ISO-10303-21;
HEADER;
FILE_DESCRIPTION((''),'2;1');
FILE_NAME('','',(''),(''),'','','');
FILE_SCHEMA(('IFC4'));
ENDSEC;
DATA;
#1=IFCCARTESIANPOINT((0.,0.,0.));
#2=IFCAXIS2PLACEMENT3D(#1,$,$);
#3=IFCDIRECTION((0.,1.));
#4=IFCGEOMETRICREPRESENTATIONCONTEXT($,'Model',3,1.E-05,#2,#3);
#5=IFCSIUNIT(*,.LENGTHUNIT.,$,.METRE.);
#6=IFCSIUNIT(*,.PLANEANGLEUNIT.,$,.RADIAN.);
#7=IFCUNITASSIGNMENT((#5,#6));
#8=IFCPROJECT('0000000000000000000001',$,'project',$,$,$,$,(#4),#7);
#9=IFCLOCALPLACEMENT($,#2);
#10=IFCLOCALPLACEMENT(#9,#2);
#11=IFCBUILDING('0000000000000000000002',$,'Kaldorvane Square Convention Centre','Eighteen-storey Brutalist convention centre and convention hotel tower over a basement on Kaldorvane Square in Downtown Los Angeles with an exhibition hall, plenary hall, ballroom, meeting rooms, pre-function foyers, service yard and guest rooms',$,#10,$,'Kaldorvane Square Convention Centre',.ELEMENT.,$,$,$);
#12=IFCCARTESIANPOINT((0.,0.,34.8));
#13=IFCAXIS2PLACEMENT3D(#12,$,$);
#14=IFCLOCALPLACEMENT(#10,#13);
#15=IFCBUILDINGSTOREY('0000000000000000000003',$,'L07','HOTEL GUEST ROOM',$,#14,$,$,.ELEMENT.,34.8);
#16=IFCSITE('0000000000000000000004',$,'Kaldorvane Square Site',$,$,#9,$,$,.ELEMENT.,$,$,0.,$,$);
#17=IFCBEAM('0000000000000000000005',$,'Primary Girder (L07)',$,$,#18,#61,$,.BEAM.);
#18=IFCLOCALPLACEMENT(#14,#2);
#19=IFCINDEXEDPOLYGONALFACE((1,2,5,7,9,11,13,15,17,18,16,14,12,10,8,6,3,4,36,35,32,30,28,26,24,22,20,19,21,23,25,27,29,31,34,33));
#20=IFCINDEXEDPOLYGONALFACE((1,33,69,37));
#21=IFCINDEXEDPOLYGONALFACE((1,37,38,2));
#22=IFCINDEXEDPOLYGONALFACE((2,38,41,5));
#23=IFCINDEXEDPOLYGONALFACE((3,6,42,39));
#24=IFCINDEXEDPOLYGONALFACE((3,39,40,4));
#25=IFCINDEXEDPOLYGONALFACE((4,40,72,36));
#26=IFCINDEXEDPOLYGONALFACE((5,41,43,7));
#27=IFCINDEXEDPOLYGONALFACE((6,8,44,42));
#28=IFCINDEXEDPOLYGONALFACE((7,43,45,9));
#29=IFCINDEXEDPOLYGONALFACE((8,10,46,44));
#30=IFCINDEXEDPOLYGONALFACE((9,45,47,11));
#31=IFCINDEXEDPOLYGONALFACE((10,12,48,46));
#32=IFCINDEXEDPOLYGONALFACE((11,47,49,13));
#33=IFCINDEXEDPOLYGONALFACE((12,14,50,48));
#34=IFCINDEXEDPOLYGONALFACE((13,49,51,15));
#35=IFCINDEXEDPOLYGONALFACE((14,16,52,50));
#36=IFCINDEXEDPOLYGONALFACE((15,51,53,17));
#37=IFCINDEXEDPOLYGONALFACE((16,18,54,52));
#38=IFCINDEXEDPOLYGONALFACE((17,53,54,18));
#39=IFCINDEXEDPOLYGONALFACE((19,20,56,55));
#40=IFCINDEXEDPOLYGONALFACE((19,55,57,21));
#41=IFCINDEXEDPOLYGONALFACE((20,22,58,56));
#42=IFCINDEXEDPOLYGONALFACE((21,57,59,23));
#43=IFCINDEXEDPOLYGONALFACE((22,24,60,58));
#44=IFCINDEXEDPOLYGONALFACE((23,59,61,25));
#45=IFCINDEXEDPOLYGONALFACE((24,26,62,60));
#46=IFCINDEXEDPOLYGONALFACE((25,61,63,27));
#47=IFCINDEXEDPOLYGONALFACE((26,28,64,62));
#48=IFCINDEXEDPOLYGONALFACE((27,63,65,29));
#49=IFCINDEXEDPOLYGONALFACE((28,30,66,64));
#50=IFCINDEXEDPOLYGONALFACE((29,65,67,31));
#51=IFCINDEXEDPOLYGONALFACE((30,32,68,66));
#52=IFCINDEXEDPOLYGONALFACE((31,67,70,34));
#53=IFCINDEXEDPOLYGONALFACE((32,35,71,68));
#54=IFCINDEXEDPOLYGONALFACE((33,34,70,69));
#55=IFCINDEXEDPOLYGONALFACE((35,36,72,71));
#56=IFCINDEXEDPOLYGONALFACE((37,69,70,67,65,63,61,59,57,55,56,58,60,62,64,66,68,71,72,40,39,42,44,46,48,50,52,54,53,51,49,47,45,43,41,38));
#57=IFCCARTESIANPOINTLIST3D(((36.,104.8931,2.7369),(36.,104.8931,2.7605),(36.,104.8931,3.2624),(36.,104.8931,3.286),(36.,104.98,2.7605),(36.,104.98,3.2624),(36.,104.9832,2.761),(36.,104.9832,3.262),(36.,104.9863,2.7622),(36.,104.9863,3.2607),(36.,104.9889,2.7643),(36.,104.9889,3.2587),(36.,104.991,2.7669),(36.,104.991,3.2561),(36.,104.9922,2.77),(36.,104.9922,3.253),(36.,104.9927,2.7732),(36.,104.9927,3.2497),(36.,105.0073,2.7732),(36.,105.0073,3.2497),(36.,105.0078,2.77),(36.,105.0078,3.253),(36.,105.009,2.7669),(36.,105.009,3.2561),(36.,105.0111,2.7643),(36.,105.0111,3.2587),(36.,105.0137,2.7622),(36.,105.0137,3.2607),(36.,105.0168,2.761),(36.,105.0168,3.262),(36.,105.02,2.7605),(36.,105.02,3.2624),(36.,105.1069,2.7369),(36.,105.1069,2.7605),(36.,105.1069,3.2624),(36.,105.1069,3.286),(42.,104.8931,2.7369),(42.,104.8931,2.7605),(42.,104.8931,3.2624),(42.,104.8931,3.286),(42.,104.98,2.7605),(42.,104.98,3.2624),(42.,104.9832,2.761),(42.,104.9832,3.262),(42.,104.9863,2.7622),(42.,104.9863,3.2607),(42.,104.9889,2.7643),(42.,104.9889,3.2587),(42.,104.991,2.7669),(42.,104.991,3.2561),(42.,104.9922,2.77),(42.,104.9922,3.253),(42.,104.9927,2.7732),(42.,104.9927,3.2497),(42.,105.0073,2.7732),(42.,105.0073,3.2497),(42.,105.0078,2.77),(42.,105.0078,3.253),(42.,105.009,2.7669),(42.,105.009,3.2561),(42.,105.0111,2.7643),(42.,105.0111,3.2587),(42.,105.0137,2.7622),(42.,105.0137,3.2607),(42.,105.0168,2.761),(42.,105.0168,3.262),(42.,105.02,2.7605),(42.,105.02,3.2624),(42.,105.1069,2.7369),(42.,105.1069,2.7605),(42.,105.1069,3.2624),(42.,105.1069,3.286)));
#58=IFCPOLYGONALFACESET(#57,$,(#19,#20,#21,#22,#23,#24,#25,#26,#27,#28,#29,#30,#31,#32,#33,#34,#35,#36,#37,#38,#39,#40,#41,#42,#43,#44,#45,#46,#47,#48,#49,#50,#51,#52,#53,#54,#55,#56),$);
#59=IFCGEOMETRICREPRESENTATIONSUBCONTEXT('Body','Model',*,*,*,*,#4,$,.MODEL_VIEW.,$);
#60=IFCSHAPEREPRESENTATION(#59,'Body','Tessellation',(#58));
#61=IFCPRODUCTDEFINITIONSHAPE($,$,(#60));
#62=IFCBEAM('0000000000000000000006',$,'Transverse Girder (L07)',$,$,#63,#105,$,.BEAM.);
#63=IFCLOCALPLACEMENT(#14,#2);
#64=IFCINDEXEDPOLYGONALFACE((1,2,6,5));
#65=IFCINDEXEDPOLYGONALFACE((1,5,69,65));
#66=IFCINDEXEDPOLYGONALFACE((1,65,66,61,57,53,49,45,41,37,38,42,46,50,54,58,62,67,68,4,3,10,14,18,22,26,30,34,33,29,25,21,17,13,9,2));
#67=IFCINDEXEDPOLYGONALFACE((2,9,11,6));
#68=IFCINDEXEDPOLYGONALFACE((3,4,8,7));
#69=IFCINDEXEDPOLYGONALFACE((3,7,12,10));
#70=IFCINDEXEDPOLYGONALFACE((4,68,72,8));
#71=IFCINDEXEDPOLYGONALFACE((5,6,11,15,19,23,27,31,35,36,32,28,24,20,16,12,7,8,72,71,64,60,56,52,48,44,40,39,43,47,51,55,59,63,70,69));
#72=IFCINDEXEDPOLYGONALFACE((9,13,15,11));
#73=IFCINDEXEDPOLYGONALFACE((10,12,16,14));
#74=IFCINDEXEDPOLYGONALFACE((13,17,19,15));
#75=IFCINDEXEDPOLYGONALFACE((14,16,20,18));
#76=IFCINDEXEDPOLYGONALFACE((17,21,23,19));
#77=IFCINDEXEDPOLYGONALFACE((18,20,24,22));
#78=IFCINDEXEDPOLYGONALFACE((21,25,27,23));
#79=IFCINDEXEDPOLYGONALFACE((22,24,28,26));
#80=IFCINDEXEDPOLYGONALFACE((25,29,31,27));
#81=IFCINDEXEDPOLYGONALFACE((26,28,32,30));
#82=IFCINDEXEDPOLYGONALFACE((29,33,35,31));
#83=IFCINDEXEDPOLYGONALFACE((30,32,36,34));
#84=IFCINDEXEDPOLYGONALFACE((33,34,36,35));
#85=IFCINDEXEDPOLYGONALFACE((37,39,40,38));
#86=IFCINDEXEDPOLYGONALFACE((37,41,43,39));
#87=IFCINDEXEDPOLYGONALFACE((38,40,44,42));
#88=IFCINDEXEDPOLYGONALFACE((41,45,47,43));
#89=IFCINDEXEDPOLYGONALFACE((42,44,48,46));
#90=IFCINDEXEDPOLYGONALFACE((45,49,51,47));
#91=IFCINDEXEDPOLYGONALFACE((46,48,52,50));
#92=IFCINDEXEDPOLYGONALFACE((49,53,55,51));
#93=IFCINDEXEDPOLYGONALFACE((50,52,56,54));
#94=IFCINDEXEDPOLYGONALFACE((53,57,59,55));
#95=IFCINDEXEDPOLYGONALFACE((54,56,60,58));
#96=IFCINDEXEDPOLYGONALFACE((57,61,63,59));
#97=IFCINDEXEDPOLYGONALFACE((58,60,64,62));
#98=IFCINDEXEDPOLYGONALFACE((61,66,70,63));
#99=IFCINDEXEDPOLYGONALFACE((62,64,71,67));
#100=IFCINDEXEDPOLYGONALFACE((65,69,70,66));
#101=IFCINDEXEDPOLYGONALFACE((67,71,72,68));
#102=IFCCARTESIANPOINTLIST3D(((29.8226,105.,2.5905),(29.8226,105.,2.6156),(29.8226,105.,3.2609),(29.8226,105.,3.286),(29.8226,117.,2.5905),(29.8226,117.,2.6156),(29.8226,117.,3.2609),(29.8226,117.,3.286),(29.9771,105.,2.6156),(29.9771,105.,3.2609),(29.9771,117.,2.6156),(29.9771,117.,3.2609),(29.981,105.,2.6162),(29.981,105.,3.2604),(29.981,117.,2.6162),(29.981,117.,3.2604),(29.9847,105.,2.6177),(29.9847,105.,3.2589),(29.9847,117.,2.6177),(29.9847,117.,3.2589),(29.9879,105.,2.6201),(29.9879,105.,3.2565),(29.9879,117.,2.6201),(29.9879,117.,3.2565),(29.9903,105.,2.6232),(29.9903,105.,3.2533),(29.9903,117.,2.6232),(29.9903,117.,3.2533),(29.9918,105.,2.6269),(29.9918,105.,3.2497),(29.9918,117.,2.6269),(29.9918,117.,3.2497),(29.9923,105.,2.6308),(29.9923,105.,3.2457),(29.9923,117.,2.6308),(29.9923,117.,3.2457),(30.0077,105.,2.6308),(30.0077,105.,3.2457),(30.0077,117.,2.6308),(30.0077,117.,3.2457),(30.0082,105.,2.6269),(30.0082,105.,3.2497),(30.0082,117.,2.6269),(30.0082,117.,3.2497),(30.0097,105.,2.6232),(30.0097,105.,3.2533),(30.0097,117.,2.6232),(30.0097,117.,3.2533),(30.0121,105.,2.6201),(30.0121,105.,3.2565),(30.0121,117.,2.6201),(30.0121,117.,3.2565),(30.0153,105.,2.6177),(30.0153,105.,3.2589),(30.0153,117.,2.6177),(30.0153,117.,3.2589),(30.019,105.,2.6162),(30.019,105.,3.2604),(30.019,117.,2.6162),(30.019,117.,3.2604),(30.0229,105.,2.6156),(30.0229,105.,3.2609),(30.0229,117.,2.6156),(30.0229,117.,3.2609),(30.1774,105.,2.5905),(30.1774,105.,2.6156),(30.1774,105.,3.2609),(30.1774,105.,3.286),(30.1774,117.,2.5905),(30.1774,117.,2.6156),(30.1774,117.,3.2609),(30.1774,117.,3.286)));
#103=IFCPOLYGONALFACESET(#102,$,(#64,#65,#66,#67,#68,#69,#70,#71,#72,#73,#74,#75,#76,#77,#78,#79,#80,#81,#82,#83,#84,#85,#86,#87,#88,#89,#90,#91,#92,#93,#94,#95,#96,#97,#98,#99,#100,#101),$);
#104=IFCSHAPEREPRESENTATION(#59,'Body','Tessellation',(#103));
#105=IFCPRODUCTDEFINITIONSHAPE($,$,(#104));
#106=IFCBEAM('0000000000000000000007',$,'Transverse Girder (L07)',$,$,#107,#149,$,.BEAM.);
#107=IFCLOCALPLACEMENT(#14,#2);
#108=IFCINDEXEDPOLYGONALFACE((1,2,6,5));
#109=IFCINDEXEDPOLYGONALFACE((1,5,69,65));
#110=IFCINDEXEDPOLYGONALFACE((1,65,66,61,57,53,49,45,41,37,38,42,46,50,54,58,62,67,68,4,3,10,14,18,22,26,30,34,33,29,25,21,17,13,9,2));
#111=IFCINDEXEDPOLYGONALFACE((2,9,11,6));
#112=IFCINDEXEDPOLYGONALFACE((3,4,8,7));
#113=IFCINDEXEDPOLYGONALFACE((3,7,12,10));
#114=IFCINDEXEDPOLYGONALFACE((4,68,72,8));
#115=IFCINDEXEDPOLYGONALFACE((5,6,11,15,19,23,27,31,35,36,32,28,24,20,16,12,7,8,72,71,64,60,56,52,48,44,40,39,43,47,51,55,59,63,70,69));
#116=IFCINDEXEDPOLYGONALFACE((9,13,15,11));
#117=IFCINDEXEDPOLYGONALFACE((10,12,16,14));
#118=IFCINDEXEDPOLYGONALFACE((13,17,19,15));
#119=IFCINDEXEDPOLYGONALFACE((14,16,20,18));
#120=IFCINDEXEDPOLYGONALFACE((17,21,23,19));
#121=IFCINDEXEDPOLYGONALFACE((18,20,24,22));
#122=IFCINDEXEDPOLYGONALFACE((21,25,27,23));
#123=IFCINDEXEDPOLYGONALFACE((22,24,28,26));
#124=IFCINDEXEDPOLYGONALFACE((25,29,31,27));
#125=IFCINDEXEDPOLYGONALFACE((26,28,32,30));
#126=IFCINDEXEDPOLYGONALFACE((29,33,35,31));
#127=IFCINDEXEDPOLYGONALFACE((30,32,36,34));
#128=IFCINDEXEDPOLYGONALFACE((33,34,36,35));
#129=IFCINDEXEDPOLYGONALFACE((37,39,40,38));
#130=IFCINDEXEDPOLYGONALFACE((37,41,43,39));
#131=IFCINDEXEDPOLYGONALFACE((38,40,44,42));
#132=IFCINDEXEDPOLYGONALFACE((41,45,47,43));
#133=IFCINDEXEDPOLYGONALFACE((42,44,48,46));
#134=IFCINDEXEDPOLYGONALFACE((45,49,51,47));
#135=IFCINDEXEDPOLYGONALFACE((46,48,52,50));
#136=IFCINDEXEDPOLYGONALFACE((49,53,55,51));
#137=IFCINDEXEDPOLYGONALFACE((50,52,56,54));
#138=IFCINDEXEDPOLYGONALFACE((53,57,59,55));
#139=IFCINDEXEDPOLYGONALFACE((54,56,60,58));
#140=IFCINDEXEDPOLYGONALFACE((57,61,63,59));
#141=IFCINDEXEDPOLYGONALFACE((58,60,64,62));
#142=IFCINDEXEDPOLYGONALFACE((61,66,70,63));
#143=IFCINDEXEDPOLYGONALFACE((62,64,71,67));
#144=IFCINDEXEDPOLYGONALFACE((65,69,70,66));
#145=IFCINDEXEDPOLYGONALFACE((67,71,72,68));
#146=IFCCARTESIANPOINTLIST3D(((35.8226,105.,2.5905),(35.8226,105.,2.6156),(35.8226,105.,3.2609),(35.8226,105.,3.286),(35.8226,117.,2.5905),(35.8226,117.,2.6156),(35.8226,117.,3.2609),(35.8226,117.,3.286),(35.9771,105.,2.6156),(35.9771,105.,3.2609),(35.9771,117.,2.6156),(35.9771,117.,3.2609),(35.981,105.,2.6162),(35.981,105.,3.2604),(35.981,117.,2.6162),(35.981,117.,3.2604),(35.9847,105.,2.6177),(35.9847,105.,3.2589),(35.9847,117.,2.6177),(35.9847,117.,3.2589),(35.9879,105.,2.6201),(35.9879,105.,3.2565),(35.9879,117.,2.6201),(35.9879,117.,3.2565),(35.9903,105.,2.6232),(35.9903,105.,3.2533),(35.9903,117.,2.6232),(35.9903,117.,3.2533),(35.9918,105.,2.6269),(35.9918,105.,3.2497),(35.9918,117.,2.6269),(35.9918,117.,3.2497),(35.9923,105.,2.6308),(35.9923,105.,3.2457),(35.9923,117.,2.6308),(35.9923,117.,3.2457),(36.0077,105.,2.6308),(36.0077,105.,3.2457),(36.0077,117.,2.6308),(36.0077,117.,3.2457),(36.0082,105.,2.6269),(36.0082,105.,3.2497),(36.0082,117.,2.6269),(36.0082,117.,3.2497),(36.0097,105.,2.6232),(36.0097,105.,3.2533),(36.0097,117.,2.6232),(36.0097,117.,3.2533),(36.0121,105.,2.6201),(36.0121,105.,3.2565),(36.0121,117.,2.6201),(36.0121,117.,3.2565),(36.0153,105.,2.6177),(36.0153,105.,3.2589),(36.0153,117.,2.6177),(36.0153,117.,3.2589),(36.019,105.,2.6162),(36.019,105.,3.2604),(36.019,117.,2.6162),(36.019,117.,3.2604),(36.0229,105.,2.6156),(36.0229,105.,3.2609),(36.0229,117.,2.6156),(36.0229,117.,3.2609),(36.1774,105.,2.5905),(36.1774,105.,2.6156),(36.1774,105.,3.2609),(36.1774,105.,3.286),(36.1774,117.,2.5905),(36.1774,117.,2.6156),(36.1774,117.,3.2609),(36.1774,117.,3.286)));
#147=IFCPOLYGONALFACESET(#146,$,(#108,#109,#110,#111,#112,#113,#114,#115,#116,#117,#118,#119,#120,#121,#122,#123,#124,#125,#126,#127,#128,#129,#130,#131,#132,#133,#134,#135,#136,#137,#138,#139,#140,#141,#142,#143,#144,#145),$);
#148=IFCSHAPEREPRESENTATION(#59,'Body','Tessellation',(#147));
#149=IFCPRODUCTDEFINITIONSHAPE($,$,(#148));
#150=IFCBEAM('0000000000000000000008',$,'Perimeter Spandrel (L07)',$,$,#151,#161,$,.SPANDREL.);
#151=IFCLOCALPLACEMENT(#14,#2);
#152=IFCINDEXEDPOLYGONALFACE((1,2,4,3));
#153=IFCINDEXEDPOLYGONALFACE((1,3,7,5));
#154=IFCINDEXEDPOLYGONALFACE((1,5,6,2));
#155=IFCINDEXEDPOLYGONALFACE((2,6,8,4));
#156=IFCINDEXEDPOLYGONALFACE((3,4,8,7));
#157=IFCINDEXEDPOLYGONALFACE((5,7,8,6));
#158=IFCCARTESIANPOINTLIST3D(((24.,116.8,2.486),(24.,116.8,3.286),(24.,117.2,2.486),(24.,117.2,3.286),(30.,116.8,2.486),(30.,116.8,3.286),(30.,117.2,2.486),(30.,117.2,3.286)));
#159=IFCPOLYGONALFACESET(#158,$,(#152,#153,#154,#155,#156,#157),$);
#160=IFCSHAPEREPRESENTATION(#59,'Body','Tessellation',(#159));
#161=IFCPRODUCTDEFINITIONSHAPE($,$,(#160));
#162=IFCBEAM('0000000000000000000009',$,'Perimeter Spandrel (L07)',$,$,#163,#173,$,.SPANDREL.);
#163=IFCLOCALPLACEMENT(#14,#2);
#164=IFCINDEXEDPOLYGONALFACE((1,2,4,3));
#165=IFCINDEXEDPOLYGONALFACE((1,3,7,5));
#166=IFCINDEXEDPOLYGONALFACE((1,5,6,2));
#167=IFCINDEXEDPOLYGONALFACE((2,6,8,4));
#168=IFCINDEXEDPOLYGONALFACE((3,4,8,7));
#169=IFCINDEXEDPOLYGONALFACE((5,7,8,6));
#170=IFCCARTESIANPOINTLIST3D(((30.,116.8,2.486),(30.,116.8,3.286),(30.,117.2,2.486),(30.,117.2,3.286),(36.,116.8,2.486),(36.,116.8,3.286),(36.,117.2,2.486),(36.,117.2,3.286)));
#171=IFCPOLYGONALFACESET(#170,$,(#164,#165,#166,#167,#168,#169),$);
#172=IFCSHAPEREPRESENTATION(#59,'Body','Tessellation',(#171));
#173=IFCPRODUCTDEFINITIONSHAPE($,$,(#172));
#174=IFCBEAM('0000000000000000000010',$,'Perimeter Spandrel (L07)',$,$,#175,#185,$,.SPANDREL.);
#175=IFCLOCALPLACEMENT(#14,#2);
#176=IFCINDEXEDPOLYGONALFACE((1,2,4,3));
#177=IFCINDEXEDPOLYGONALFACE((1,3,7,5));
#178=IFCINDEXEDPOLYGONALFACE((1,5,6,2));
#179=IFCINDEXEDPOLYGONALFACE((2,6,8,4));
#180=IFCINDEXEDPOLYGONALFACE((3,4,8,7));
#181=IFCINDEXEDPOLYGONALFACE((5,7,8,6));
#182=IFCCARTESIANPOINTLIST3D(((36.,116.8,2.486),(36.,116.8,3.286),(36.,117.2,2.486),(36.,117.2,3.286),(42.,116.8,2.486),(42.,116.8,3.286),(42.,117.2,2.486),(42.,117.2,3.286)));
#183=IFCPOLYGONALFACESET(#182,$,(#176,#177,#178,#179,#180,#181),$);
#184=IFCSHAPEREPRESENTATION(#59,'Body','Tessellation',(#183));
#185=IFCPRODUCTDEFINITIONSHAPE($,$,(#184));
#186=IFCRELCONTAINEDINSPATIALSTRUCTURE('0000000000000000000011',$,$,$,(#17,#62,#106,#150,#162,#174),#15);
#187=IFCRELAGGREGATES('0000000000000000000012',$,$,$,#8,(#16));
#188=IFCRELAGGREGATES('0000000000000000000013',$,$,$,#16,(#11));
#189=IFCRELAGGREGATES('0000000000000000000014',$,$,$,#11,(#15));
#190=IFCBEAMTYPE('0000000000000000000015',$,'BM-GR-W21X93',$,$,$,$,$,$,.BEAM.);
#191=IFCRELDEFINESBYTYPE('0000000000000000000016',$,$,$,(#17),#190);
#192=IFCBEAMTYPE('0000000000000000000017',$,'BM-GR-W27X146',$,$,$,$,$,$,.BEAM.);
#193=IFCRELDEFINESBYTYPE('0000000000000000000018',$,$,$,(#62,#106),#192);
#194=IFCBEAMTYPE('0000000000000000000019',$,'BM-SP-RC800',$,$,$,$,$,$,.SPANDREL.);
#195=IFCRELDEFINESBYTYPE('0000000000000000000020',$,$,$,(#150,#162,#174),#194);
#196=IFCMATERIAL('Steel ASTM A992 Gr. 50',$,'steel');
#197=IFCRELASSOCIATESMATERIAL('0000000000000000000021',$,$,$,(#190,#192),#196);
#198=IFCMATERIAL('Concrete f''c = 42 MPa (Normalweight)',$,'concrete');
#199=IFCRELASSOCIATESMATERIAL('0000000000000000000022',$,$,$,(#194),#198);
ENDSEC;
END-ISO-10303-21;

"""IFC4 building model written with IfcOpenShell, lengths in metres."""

from ifc_helpers import new_model, si_unit, direction, frame, origin, origin_2d, place, context, subcontext, project, spatial, rectangle, i_section, extrude, material, material_profile, profile_set, type_object, element, save


model = new_model("IFC4")

# Units and contexts
model_context = context("Model", 3, precision=1e-05, world=origin(), true_north=direction((0.0, 1.0)))
body_context = subcontext(model_context, "Body", "Model", "MODEL_VIEW")
ifc_project = project(units=[si_unit("LENGTHUNIT", "METRE"), si_unit("PLANEANGLEUNIT", "RADIAN")], contexts=[model_context])

# Site, building, storey
site_placement = place(None, origin())
site = spatial("IfcSite", under=ifc_project, at=site_placement, Name="Kaldorvane Square Site", CompositionType="ELEMENT", RefElevation=0.0)
building_placement = place(site_placement, origin())
building = spatial("IfcBuilding", under=site, at=building_placement, Name="Kaldorvane Square Convention Centre", Description="Eighteen-storey Brutalist convention centre and convention hotel tower over a basement on Kaldorvane Square in Downtown Los Angeles with an exhibition hall, plenary hall, ballroom, meeting rooms, pre-function foyers, service yard and guest rooms", LongName="Kaldorvane Square Convention Centre", CompositionType="ELEMENT")
storey_placement = place(building_placement, frame((0.0, 0.0, 34.8)))
storey = spatial("IfcBuildingStorey", under=building, at=storey_placement, Name="L07", Description="HOTEL GUEST ROOM", CompositionType="ELEMENT", Elevation=34.8)

# Shared definitions
ifc_material_1 = material(Name="Steel ASTM A992 Gr. 50", Category="steel")

# Beams
ifc_material_profile_1 = material_profile(ifc_material_1, i_section(OverallWidth=0.2139, OverallDepth=0.5491, WebThickness=0.0147, FlangeThickness=0.0236, FilletRadius=0.0127, at=origin_2d()), Name="W21X93")
ifc_profile_set_1 = profile_set([ifc_material_profile_1], Name="Steel ASTM A992 Gr. 50")
beam_type_1 = type_object("IfcBeamType", Name="BM-GR-W21X93", PredefinedType="BEAM", material=ifc_profile_set_1)
for number, where, z_axis, x_axis, name in (
    (1, (36.0, 105.0, 3.0115), (1.0, 0.0, 0.0), (0.0, 1.0, 0.0), "Primary Girder (L07)"),
):
    element("IfcBeam", number, at=place(storey_placement, frame(where, z_axis=z_axis, x_axis=x_axis)), inside=storey, type_object=beam_type_1, Name=name, PredefinedType="BEAM", context=body_context, shape_type="SweptSolid", body=[
        extrude(i_section(OverallWidth=0.2139, OverallDepth=0.5491, WebThickness=0.0147, FlangeThickness=0.0236, FilletRadius=0.0127, at=origin_2d()), origin(), (0.0, 0.0, 1.0), 6.0),
    ])
ifc_material_profile_2 = material_profile(ifc_material_1, i_section(OverallWidth=0.3547, OverallDepth=0.6955, WebThickness=0.0154, FlangeThickness=0.0251, FilletRadius=0.0152, at=origin_2d()), Name="W27X146")
ifc_profile_set_2 = profile_set([ifc_material_profile_2], Name="Steel ASTM A992 Gr. 50")
beam_type_2 = type_object("IfcBeamType", Name="BM-GR-W27X146", PredefinedType="BEAM", material=ifc_profile_set_2)
for number, where, z_axis, x_axis, name in (
    (2, (30.0, 105.0, 2.9383), (0.0, 1.0, 0.0), (-1.0, 0.0, 0.0), "Transverse Girder (L07)"),
    (3, (36.0, 105.0, 2.9383), (0.0, 1.0, 0.0), (-1.0, 0.0, 0.0), "Transverse Girder (L07)"),
):
    element("IfcBeam", number, at=place(storey_placement, frame(where, z_axis=z_axis, x_axis=x_axis)), inside=storey, type_object=beam_type_2, Name=name, PredefinedType="BEAM", context=body_context, shape_type="SweptSolid", body=[
        extrude(i_section(OverallWidth=0.3547, OverallDepth=0.6955, WebThickness=0.0154, FlangeThickness=0.0251, FilletRadius=0.0152, at=origin_2d()), origin(), (0.0, 0.0, 1.0), 12.0),
    ])
ifc_material_2 = material(Name="Concrete f'c = 42 MPa (Normalweight)", Category="concrete")
ifc_material_profile_3 = material_profile(ifc_material_2, rectangle(XDim=0.4, YDim=0.8, at=origin_2d()), Name="RCSP800X400")
ifc_profile_set_3 = profile_set([ifc_material_profile_3], Name="Concrete f'c = 42 MPa (Normalweight)")
beam_type_3 = type_object("IfcBeamType", Name="BM-SP-RC800", PredefinedType="SPANDREL", material=ifc_profile_set_3)
for number, where, z_axis, x_axis, name in (
    (4, (24.0, 117.0, 2.886), (1.0, 0.0, 0.0), (0.0, 1.0, 0.0), "Perimeter Spandrel (L07)"),
    (5, (30.0, 117.0, 2.886), (1.0, 0.0, 0.0), (0.0, 1.0, 0.0), "Perimeter Spandrel (L07)"),
    (6, (36.0, 117.0, 2.886), (1.0, 0.0, 0.0), (0.0, 1.0, 0.0), "Perimeter Spandrel (L07)"),
):
    element("IfcBeam", number, at=place(storey_placement, frame(where, z_axis=z_axis, x_axis=x_axis)), inside=storey, type_object=beam_type_3, Name=name, PredefinedType="SPANDREL", context=body_context, shape_type="SweptSolid", body=[
        extrude(rectangle(XDim=0.4, YDim=0.8, at=origin_2d()), origin(), (0.0, 0.0, 1.0), 6.0),
    ])

save(model, "model.ifc")
